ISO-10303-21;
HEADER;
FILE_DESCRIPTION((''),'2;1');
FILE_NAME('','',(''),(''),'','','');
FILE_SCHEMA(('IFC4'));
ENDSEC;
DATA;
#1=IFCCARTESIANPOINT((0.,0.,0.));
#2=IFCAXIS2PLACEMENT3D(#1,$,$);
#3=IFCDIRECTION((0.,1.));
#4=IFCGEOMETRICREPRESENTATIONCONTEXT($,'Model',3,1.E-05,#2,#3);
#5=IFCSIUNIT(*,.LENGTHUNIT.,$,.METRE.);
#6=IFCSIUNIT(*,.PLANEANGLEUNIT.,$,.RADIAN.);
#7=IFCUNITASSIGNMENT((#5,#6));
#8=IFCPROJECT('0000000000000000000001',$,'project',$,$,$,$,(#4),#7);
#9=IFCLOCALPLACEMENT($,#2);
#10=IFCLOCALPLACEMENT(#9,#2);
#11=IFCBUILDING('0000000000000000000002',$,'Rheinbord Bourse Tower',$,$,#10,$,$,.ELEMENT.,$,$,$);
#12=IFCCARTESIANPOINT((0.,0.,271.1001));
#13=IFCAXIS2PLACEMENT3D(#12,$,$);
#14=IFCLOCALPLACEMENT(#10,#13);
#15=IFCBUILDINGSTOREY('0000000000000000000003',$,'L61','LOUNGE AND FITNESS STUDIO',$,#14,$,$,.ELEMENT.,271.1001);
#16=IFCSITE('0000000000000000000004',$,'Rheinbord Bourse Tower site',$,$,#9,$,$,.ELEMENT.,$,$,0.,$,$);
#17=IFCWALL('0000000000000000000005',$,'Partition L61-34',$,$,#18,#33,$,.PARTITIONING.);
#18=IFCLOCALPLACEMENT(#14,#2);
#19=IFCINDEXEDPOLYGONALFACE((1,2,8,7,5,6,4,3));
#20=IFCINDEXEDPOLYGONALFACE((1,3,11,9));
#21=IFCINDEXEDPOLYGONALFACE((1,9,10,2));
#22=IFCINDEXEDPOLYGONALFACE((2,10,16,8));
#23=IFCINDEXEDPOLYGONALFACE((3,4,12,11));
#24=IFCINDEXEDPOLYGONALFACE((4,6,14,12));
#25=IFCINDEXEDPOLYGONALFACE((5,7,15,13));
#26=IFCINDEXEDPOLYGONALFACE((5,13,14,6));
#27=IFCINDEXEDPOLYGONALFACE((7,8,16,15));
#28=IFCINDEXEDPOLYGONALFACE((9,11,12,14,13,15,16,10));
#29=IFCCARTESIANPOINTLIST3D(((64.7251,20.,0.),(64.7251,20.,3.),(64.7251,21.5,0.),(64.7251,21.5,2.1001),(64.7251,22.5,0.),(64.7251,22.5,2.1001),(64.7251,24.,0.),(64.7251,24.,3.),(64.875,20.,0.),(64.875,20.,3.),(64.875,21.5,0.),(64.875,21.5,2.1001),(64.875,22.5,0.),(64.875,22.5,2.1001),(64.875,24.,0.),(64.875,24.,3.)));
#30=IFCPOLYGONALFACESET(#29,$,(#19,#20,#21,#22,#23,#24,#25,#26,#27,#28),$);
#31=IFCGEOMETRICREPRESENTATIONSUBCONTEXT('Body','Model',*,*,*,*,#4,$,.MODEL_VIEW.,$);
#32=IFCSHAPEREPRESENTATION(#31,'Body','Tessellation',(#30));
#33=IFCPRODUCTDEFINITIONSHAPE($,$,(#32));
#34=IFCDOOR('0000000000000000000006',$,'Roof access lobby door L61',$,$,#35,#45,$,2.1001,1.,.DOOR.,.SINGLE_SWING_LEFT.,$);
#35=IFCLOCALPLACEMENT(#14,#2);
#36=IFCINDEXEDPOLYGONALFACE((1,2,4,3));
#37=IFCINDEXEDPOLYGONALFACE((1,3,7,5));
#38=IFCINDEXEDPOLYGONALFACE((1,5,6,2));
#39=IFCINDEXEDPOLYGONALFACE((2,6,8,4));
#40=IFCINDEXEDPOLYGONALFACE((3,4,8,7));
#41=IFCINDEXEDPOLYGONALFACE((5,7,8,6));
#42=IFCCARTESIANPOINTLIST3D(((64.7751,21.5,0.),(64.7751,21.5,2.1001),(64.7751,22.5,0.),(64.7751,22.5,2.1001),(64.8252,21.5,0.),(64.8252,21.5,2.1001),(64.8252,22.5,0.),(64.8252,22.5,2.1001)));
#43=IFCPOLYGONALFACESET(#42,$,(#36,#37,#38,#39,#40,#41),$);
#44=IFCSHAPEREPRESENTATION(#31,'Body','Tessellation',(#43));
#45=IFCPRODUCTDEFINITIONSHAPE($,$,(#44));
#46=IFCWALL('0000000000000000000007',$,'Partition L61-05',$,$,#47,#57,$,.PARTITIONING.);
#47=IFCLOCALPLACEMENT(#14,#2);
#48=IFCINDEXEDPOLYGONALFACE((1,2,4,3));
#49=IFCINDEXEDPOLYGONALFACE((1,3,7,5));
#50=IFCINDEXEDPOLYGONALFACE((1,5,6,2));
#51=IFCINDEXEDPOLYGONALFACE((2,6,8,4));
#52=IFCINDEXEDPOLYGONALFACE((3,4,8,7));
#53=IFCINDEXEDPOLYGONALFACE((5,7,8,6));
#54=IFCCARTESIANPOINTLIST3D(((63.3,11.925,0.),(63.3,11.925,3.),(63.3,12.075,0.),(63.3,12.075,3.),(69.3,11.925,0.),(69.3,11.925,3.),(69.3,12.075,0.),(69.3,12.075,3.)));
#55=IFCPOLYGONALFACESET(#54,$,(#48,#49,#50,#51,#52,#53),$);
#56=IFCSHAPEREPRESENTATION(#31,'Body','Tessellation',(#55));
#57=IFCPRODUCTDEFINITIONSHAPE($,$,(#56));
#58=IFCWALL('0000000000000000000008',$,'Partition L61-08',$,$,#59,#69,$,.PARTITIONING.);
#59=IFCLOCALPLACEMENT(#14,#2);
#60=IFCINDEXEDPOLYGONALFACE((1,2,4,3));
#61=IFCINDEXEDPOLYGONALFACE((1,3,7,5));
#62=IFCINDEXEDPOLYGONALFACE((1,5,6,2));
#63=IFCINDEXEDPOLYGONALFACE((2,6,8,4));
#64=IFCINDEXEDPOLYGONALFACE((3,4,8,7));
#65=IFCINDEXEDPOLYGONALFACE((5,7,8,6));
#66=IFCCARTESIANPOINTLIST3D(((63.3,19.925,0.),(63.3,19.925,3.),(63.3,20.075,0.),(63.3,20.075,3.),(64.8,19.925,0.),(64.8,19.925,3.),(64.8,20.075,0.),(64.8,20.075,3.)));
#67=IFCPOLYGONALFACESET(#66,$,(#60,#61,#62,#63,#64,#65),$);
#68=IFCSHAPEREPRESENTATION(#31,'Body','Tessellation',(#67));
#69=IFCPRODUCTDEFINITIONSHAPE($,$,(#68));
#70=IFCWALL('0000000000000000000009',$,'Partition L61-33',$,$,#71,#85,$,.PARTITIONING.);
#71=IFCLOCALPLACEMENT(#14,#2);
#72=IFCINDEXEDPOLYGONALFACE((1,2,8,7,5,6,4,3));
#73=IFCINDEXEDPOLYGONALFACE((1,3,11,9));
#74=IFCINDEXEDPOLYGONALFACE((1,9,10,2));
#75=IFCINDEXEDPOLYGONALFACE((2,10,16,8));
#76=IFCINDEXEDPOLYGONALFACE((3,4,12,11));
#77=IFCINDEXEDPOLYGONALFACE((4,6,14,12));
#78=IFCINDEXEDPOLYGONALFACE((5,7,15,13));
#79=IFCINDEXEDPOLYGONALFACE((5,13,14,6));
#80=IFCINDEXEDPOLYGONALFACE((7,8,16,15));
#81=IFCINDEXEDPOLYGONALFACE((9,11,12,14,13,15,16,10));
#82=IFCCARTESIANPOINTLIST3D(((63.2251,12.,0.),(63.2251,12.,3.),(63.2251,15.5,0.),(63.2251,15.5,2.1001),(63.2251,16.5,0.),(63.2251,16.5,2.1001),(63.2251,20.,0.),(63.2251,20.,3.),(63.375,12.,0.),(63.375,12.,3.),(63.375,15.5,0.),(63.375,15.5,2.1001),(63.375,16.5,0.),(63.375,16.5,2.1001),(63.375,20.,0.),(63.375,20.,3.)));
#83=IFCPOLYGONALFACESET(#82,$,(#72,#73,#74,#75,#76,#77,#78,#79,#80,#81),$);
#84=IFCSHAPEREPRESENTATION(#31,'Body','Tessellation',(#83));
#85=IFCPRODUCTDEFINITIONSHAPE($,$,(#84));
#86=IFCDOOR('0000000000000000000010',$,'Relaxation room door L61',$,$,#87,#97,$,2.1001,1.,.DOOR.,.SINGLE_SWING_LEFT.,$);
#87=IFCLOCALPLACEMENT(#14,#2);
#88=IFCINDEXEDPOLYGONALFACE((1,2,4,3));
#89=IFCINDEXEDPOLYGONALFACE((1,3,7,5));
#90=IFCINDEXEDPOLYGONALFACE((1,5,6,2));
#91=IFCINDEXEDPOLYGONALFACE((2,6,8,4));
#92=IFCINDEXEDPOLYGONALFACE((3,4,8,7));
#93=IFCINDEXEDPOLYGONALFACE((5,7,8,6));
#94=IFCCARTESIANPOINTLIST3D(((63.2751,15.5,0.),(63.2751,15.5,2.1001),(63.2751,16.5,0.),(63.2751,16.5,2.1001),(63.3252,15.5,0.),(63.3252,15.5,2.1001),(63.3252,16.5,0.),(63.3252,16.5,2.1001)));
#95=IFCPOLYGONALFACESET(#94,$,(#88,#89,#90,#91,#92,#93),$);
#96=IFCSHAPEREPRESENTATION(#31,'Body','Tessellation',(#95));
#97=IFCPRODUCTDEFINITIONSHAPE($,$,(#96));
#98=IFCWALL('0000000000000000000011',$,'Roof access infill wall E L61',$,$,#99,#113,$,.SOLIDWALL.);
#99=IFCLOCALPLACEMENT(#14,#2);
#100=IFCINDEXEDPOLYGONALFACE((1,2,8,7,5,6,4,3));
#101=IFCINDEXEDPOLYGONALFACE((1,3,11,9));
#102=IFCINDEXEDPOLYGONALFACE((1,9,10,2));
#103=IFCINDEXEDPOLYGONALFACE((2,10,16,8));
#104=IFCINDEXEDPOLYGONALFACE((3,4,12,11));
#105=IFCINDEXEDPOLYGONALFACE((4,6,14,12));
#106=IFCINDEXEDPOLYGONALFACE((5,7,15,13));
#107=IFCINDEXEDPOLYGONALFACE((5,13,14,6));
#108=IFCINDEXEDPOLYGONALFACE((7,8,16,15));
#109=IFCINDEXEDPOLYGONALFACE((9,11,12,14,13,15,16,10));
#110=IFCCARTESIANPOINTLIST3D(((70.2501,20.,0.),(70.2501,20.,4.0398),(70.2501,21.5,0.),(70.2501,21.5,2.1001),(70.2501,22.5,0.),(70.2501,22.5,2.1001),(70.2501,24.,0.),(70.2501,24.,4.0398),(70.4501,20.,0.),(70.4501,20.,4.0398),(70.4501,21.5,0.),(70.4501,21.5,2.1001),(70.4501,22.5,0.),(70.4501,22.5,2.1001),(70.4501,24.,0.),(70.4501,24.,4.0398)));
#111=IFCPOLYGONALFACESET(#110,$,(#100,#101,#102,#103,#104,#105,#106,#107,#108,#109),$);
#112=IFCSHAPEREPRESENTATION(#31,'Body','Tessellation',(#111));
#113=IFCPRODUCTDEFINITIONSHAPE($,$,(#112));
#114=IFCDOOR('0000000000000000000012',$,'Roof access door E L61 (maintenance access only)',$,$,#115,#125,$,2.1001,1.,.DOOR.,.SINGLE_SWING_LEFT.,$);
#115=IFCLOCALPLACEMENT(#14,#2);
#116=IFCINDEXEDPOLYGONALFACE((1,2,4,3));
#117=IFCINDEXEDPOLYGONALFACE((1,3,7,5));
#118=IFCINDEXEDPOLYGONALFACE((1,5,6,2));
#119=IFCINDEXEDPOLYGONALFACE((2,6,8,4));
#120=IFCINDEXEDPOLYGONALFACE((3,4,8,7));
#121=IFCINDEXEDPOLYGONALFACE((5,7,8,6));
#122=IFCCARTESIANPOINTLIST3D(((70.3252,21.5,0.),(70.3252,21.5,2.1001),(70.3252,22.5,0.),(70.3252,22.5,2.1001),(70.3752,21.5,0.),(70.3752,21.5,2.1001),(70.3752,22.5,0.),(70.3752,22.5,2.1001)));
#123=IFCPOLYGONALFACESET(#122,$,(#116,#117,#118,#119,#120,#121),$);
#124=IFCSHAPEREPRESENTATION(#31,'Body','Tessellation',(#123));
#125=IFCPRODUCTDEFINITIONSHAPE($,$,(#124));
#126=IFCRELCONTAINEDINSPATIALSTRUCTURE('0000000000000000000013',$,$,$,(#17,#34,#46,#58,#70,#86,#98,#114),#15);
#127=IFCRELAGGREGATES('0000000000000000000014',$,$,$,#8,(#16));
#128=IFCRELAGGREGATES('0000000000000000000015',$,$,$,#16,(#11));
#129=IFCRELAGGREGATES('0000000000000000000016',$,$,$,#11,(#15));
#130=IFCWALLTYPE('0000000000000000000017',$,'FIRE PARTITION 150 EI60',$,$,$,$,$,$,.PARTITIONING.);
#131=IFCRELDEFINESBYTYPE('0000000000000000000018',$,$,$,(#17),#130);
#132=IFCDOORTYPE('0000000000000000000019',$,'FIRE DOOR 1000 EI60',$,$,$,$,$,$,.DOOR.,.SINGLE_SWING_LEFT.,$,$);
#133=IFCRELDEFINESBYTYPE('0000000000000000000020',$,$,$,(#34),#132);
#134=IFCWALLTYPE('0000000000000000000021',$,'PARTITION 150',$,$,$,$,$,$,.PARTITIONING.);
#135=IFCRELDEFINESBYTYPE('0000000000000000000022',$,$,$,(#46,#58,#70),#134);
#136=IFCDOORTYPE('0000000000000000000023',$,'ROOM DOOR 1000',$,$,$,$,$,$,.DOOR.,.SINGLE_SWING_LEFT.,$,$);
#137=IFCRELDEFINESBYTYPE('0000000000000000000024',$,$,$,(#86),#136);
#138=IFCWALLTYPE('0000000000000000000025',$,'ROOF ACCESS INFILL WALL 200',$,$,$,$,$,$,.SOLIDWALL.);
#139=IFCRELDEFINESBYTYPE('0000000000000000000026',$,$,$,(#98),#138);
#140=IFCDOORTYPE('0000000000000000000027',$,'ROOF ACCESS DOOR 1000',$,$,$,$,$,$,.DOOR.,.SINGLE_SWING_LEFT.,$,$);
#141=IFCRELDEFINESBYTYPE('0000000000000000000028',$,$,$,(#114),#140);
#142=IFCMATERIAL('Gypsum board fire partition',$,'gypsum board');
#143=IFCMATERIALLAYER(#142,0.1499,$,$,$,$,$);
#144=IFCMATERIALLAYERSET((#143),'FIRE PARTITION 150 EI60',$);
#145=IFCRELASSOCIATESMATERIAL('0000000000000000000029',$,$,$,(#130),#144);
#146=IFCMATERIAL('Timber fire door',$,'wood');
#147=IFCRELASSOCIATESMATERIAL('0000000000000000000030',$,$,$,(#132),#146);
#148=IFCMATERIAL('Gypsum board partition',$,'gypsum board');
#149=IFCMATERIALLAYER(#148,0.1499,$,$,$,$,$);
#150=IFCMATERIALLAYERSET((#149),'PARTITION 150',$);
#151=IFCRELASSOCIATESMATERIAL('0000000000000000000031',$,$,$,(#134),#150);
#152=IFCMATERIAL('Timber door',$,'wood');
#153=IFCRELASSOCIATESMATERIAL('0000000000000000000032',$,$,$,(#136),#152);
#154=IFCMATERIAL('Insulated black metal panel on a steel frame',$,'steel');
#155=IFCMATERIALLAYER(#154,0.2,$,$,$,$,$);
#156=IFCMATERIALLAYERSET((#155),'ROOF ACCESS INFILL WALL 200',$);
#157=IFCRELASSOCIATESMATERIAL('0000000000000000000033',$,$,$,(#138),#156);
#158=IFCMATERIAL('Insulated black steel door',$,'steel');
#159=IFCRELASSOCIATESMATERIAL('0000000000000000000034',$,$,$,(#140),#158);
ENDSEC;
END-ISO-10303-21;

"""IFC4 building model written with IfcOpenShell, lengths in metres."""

from ifc_helpers import new_model, si_unit, direction, frame, frame_2d, origin, place, context, subcontext, project, spatial, rectangle, extrude, material, layer, layer_set, type_object, element, fill, save


model = new_model("IFC4")

# Units and contexts
model_context = context("Model", 3, precision=1e-05, world=origin(), true_north=direction((0.0, 1.0)))
body_context = subcontext(model_context, "Body", "Model", "MODEL_VIEW")
ifc_project = project(units=[si_unit("LENGTHUNIT", "METRE"), si_unit("PLANEANGLEUNIT", "RADIAN")], contexts=[model_context])

# Site, building, storey
site_placement = place(None, origin())
site = spatial("IfcSite", under=ifc_project, at=site_placement, Name="Rheinbord Bourse Tower site", CompositionType="ELEMENT", RefElevation=0.0)
building_placement = place(site_placement, origin())
building = spatial("IfcBuilding", under=site, at=building_placement, Name="Rheinbord Bourse Tower", CompositionType="ELEMENT")
storey_placement = place(building_placement, frame((0.0, 0.0, 271.1001)))
storey = spatial("IfcBuildingStorey", under=building, at=storey_placement, Name="L61", Description="LOUNGE AND FITNESS STUDIO", CompositionType="ELEMENT", Elevation=271.1001)

# Shared definitions
ifc_material_1 = material(Name="Gypsum board fire partition", Category="gypsum board")
ifc_layer_1 = layer(ifc_material_1, 0.1499)
ifc_layer_set_1 = layer_set([ifc_layer_1], Name="FIRE PARTITION 150 EI60")
wall_type_1 = type_object("IfcWallType", Name="FIRE PARTITION 150 EI60", PredefinedType="PARTITIONING", material=ifc_layer_set_1)

# Wall, opening, door
wall_1_placement = place(storey_placement, frame((64.8, 20.0, 0.0), z_axis=(0.0, 0.0, 1.0), x_axis=(0.0, 1.0, 0.0)))
wall_1 = element("IfcWall", 1, at=wall_1_placement, inside=storey, type_object=wall_type_1, Name="Partition L61-34", PredefinedType="PARTITIONING", context=body_context, shape_type="SweptSolid", body=[
    extrude(rectangle(XDim=4.0, YDim=0.1499, at=frame_2d((2.0, 0.0))), origin(), (0.0, 0.0, 1.0), 3.0),
])
opening_1_placement = place(wall_1_placement, frame((1.5, 0.0, 0.0)))
opening_1 = element("IfcOpeningElement", 2, at=opening_1_placement, cuts=wall_1, PredefinedType="OPENING", context=body_context, shape_type="SweptSolid", body=[
    extrude(rectangle(XDim=1.0, YDim=2.1001, at=frame_2d((0.5, 1.05))), frame((0.0, 0.085, 0.0), z_axis=(0.0, -1.0, 0.0), x_axis=(1.0, 0.0, 0.0)), (0.0, 0.0, 1.0), 0.1699),
])
ifc_material_2 = material(Name="Timber fire door", Category="wood")
door_type_1 = type_object("IfcDoorType", Name="FIRE DOOR 1000 EI60", OperationType="SINGLE_SWING_LEFT", PredefinedType="DOOR", material=ifc_material_2)
door_1_placement = place(opening_1_placement, origin())
door_1 = element("IfcDoor", 3, at=door_1_placement, inside=storey, type_object=door_type_1, Name="Roof access lobby door L61", OperationType="SINGLE_SWING_LEFT", OverallHeight=2.1001, OverallWidth=1.0, PredefinedType="DOOR", context=body_context, shape_type="SweptSolid", body=[
    extrude(rectangle(XDim=1.0, YDim=2.1001, at=frame_2d((0.5, 1.05))), frame((0.0, 0.0249, 0.0), z_axis=(0.0, -1.0, 0.0), x_axis=(1.0, 0.0, 0.0)), (0.0, 0.0, 1.0), 0.05),
])
fill(opening_1, door_1)

# Walls
ifc_material_3 = material(Name="Gypsum board partition", Category="gypsum board")
ifc_layer_2 = layer(ifc_material_3, 0.1499)
ifc_layer_set_2 = layer_set([ifc_layer_2], Name="PARTITION 150")
wall_type_2 = type_object("IfcWallType", Name="PARTITION 150", PredefinedType="PARTITIONING", material=ifc_layer_set_2)
wall_2_placement = place(storey_placement, frame((63.3, 12.0, 0.0), z_axis=(0.0, 0.0, 1.0), x_axis=(1.0, 0.0, 0.0)))
element("IfcWall", 4, at=wall_2_placement, inside=storey, type_object=wall_type_2, Name="Partition L61-05", PredefinedType="PARTITIONING", context=body_context, shape_type="SweptSolid", body=[
    extrude(rectangle(XDim=6.0, YDim=0.1499, at=frame_2d((3.0, 0.0))), origin(), (0.0, 0.0, 1.0), 3.0),
])
wall_3_placement = place(storey_placement, frame((63.3, 20.0, 0.0), z_axis=(0.0, 0.0, 1.0), x_axis=(1.0, 0.0, 0.0)))
element("IfcWall", 5, at=wall_3_placement, inside=storey, type_object=wall_type_2, Name="Partition L61-08", PredefinedType="PARTITIONING", context=body_context, shape_type="SweptSolid", body=[
    extrude(rectangle(XDim=1.5, YDim=0.1499, at=frame_2d((0.75, 0.0))), origin(), (0.0, 0.0, 1.0), 3.0),
])

# Walls, openings, doors
wall_4_placement = place(storey_placement, frame((63.3, 12.0, 0.0), z_axis=(0.0, 0.0, 1.0), x_axis=(0.0, 1.0, 0.0)))
wall_4 = element("IfcWall", 6, at=wall_4_placement, inside=storey, type_object=wall_type_2, Name="Partition L61-33", PredefinedType="PARTITIONING", context=body_context, shape_type="SweptSolid", body=[
    extrude(rectangle(XDim=8.0, YDim=0.1499, at=frame_2d((4.0, 0.0))), origin(), (0.0, 0.0, 1.0), 3.0),
])
opening_2_placement = place(wall_4_placement, frame((3.5, 0.0, 0.0)))
opening_2 = element("IfcOpeningElement", 7, at=opening_2_placement, cuts=wall_4, PredefinedType="OPENING", context=body_context, shape_type="SweptSolid", body=[
    extrude(rectangle(XDim=1.0, YDim=2.1001, at=frame_2d((0.5, 1.05))), frame((0.0, 0.085, 0.0), z_axis=(0.0, -1.0, 0.0), x_axis=(1.0, 0.0, 0.0)), (0.0, 0.0, 1.0), 0.1699),
])
ifc_material_4 = material(Name="Timber door", Category="wood")
door_type_2 = type_object("IfcDoorType", Name="ROOM DOOR 1000", OperationType="SINGLE_SWING_LEFT", PredefinedType="DOOR", material=ifc_material_4)
door_2_placement = place(opening_2_placement, origin())
door_2 = element("IfcDoor", 8, at=door_2_placement, inside=storey, type_object=door_type_2, Name="Relaxation room door L61", OperationType="SINGLE_SWING_LEFT", OverallHeight=2.1001, OverallWidth=1.0, PredefinedType="DOOR", context=body_context, shape_type="SweptSolid", body=[
    extrude(rectangle(XDim=1.0, YDim=2.1001, at=frame_2d((0.5, 1.05))), frame((0.0, 0.0249, 0.0), z_axis=(0.0, -1.0, 0.0), x_axis=(1.0, 0.0, 0.0)), (0.0, 0.0, 1.0), 0.05),
])
fill(opening_2, door_2)
ifc_material_5 = material(Name="Insulated black metal panel on a steel frame", Category="steel")
ifc_layer_3 = layer(ifc_material_5, 0.2)
ifc_layer_set_3 = layer_set([ifc_layer_3], Name="ROOF ACCESS INFILL WALL 200")
wall_type_3 = type_object("IfcWallType", Name="ROOF ACCESS INFILL WALL 200", PredefinedType="SOLIDWALL", material=ifc_layer_set_3)
wall_5_placement = place(storey_placement, frame((70.3501, 20.0, 0.0), z_axis=(0.0, 0.0, 1.0), x_axis=(0.0, 1.0, 0.0)))
wall_5 = element("IfcWall", 9, at=wall_5_placement, inside=storey, type_object=wall_type_3, Name="Roof access infill wall E L61", PredefinedType="SOLIDWALL", context=body_context, shape_type="SweptSolid", body=[
    extrude(rectangle(XDim=4.0, YDim=0.2, at=frame_2d((2.0, 0.0))), origin(), (0.0, 0.0, 1.0), 4.0398),
])
opening_3_placement = place(wall_5_placement, frame((1.5, 0.0, 0.0)))
opening_3 = element("IfcOpeningElement", 10, at=opening_3_placement, cuts=wall_5, PredefinedType="OPENING", context=body_context, shape_type="SweptSolid", body=[
    extrude(rectangle(XDim=1.0, YDim=2.1001, at=frame_2d((0.5, 1.05))), frame((0.0, 0.1099, 0.0), z_axis=(0.0, -1.0, 0.0), x_axis=(1.0, 0.0, 0.0)), (0.0, 0.0, 1.0), 0.22),
])
ifc_material_6 = material(Name="Insulated black steel door", Category="steel")
door_type_3 = type_object("IfcDoorType", Name="ROOF ACCESS DOOR 1000", OperationType="SINGLE_SWING_LEFT", PredefinedType="DOOR", material=ifc_material_6)
door_3_placement = place(opening_3_placement, origin())
door_3 = element("IfcDoor", 11, at=door_3_placement, inside=storey, type_object=door_type_3, Name="Roof access door E L61 (maintenance access only)", OperationType="SINGLE_SWING_LEFT", OverallHeight=2.1001, OverallWidth=1.0, PredefinedType="DOOR", context=body_context, shape_type="SweptSolid", body=[
    extrude(rectangle(XDim=1.0, YDim=2.1001, at=frame_2d((0.5, 1.05))), frame((0.0, 0.0249, 0.0), z_axis=(0.0, -1.0, 0.0), x_axis=(1.0, 0.0, 0.0)), (0.0, 0.0, 1.0), 0.05),
])
fill(opening_3, door_3)

save(model, "model.ifc")
